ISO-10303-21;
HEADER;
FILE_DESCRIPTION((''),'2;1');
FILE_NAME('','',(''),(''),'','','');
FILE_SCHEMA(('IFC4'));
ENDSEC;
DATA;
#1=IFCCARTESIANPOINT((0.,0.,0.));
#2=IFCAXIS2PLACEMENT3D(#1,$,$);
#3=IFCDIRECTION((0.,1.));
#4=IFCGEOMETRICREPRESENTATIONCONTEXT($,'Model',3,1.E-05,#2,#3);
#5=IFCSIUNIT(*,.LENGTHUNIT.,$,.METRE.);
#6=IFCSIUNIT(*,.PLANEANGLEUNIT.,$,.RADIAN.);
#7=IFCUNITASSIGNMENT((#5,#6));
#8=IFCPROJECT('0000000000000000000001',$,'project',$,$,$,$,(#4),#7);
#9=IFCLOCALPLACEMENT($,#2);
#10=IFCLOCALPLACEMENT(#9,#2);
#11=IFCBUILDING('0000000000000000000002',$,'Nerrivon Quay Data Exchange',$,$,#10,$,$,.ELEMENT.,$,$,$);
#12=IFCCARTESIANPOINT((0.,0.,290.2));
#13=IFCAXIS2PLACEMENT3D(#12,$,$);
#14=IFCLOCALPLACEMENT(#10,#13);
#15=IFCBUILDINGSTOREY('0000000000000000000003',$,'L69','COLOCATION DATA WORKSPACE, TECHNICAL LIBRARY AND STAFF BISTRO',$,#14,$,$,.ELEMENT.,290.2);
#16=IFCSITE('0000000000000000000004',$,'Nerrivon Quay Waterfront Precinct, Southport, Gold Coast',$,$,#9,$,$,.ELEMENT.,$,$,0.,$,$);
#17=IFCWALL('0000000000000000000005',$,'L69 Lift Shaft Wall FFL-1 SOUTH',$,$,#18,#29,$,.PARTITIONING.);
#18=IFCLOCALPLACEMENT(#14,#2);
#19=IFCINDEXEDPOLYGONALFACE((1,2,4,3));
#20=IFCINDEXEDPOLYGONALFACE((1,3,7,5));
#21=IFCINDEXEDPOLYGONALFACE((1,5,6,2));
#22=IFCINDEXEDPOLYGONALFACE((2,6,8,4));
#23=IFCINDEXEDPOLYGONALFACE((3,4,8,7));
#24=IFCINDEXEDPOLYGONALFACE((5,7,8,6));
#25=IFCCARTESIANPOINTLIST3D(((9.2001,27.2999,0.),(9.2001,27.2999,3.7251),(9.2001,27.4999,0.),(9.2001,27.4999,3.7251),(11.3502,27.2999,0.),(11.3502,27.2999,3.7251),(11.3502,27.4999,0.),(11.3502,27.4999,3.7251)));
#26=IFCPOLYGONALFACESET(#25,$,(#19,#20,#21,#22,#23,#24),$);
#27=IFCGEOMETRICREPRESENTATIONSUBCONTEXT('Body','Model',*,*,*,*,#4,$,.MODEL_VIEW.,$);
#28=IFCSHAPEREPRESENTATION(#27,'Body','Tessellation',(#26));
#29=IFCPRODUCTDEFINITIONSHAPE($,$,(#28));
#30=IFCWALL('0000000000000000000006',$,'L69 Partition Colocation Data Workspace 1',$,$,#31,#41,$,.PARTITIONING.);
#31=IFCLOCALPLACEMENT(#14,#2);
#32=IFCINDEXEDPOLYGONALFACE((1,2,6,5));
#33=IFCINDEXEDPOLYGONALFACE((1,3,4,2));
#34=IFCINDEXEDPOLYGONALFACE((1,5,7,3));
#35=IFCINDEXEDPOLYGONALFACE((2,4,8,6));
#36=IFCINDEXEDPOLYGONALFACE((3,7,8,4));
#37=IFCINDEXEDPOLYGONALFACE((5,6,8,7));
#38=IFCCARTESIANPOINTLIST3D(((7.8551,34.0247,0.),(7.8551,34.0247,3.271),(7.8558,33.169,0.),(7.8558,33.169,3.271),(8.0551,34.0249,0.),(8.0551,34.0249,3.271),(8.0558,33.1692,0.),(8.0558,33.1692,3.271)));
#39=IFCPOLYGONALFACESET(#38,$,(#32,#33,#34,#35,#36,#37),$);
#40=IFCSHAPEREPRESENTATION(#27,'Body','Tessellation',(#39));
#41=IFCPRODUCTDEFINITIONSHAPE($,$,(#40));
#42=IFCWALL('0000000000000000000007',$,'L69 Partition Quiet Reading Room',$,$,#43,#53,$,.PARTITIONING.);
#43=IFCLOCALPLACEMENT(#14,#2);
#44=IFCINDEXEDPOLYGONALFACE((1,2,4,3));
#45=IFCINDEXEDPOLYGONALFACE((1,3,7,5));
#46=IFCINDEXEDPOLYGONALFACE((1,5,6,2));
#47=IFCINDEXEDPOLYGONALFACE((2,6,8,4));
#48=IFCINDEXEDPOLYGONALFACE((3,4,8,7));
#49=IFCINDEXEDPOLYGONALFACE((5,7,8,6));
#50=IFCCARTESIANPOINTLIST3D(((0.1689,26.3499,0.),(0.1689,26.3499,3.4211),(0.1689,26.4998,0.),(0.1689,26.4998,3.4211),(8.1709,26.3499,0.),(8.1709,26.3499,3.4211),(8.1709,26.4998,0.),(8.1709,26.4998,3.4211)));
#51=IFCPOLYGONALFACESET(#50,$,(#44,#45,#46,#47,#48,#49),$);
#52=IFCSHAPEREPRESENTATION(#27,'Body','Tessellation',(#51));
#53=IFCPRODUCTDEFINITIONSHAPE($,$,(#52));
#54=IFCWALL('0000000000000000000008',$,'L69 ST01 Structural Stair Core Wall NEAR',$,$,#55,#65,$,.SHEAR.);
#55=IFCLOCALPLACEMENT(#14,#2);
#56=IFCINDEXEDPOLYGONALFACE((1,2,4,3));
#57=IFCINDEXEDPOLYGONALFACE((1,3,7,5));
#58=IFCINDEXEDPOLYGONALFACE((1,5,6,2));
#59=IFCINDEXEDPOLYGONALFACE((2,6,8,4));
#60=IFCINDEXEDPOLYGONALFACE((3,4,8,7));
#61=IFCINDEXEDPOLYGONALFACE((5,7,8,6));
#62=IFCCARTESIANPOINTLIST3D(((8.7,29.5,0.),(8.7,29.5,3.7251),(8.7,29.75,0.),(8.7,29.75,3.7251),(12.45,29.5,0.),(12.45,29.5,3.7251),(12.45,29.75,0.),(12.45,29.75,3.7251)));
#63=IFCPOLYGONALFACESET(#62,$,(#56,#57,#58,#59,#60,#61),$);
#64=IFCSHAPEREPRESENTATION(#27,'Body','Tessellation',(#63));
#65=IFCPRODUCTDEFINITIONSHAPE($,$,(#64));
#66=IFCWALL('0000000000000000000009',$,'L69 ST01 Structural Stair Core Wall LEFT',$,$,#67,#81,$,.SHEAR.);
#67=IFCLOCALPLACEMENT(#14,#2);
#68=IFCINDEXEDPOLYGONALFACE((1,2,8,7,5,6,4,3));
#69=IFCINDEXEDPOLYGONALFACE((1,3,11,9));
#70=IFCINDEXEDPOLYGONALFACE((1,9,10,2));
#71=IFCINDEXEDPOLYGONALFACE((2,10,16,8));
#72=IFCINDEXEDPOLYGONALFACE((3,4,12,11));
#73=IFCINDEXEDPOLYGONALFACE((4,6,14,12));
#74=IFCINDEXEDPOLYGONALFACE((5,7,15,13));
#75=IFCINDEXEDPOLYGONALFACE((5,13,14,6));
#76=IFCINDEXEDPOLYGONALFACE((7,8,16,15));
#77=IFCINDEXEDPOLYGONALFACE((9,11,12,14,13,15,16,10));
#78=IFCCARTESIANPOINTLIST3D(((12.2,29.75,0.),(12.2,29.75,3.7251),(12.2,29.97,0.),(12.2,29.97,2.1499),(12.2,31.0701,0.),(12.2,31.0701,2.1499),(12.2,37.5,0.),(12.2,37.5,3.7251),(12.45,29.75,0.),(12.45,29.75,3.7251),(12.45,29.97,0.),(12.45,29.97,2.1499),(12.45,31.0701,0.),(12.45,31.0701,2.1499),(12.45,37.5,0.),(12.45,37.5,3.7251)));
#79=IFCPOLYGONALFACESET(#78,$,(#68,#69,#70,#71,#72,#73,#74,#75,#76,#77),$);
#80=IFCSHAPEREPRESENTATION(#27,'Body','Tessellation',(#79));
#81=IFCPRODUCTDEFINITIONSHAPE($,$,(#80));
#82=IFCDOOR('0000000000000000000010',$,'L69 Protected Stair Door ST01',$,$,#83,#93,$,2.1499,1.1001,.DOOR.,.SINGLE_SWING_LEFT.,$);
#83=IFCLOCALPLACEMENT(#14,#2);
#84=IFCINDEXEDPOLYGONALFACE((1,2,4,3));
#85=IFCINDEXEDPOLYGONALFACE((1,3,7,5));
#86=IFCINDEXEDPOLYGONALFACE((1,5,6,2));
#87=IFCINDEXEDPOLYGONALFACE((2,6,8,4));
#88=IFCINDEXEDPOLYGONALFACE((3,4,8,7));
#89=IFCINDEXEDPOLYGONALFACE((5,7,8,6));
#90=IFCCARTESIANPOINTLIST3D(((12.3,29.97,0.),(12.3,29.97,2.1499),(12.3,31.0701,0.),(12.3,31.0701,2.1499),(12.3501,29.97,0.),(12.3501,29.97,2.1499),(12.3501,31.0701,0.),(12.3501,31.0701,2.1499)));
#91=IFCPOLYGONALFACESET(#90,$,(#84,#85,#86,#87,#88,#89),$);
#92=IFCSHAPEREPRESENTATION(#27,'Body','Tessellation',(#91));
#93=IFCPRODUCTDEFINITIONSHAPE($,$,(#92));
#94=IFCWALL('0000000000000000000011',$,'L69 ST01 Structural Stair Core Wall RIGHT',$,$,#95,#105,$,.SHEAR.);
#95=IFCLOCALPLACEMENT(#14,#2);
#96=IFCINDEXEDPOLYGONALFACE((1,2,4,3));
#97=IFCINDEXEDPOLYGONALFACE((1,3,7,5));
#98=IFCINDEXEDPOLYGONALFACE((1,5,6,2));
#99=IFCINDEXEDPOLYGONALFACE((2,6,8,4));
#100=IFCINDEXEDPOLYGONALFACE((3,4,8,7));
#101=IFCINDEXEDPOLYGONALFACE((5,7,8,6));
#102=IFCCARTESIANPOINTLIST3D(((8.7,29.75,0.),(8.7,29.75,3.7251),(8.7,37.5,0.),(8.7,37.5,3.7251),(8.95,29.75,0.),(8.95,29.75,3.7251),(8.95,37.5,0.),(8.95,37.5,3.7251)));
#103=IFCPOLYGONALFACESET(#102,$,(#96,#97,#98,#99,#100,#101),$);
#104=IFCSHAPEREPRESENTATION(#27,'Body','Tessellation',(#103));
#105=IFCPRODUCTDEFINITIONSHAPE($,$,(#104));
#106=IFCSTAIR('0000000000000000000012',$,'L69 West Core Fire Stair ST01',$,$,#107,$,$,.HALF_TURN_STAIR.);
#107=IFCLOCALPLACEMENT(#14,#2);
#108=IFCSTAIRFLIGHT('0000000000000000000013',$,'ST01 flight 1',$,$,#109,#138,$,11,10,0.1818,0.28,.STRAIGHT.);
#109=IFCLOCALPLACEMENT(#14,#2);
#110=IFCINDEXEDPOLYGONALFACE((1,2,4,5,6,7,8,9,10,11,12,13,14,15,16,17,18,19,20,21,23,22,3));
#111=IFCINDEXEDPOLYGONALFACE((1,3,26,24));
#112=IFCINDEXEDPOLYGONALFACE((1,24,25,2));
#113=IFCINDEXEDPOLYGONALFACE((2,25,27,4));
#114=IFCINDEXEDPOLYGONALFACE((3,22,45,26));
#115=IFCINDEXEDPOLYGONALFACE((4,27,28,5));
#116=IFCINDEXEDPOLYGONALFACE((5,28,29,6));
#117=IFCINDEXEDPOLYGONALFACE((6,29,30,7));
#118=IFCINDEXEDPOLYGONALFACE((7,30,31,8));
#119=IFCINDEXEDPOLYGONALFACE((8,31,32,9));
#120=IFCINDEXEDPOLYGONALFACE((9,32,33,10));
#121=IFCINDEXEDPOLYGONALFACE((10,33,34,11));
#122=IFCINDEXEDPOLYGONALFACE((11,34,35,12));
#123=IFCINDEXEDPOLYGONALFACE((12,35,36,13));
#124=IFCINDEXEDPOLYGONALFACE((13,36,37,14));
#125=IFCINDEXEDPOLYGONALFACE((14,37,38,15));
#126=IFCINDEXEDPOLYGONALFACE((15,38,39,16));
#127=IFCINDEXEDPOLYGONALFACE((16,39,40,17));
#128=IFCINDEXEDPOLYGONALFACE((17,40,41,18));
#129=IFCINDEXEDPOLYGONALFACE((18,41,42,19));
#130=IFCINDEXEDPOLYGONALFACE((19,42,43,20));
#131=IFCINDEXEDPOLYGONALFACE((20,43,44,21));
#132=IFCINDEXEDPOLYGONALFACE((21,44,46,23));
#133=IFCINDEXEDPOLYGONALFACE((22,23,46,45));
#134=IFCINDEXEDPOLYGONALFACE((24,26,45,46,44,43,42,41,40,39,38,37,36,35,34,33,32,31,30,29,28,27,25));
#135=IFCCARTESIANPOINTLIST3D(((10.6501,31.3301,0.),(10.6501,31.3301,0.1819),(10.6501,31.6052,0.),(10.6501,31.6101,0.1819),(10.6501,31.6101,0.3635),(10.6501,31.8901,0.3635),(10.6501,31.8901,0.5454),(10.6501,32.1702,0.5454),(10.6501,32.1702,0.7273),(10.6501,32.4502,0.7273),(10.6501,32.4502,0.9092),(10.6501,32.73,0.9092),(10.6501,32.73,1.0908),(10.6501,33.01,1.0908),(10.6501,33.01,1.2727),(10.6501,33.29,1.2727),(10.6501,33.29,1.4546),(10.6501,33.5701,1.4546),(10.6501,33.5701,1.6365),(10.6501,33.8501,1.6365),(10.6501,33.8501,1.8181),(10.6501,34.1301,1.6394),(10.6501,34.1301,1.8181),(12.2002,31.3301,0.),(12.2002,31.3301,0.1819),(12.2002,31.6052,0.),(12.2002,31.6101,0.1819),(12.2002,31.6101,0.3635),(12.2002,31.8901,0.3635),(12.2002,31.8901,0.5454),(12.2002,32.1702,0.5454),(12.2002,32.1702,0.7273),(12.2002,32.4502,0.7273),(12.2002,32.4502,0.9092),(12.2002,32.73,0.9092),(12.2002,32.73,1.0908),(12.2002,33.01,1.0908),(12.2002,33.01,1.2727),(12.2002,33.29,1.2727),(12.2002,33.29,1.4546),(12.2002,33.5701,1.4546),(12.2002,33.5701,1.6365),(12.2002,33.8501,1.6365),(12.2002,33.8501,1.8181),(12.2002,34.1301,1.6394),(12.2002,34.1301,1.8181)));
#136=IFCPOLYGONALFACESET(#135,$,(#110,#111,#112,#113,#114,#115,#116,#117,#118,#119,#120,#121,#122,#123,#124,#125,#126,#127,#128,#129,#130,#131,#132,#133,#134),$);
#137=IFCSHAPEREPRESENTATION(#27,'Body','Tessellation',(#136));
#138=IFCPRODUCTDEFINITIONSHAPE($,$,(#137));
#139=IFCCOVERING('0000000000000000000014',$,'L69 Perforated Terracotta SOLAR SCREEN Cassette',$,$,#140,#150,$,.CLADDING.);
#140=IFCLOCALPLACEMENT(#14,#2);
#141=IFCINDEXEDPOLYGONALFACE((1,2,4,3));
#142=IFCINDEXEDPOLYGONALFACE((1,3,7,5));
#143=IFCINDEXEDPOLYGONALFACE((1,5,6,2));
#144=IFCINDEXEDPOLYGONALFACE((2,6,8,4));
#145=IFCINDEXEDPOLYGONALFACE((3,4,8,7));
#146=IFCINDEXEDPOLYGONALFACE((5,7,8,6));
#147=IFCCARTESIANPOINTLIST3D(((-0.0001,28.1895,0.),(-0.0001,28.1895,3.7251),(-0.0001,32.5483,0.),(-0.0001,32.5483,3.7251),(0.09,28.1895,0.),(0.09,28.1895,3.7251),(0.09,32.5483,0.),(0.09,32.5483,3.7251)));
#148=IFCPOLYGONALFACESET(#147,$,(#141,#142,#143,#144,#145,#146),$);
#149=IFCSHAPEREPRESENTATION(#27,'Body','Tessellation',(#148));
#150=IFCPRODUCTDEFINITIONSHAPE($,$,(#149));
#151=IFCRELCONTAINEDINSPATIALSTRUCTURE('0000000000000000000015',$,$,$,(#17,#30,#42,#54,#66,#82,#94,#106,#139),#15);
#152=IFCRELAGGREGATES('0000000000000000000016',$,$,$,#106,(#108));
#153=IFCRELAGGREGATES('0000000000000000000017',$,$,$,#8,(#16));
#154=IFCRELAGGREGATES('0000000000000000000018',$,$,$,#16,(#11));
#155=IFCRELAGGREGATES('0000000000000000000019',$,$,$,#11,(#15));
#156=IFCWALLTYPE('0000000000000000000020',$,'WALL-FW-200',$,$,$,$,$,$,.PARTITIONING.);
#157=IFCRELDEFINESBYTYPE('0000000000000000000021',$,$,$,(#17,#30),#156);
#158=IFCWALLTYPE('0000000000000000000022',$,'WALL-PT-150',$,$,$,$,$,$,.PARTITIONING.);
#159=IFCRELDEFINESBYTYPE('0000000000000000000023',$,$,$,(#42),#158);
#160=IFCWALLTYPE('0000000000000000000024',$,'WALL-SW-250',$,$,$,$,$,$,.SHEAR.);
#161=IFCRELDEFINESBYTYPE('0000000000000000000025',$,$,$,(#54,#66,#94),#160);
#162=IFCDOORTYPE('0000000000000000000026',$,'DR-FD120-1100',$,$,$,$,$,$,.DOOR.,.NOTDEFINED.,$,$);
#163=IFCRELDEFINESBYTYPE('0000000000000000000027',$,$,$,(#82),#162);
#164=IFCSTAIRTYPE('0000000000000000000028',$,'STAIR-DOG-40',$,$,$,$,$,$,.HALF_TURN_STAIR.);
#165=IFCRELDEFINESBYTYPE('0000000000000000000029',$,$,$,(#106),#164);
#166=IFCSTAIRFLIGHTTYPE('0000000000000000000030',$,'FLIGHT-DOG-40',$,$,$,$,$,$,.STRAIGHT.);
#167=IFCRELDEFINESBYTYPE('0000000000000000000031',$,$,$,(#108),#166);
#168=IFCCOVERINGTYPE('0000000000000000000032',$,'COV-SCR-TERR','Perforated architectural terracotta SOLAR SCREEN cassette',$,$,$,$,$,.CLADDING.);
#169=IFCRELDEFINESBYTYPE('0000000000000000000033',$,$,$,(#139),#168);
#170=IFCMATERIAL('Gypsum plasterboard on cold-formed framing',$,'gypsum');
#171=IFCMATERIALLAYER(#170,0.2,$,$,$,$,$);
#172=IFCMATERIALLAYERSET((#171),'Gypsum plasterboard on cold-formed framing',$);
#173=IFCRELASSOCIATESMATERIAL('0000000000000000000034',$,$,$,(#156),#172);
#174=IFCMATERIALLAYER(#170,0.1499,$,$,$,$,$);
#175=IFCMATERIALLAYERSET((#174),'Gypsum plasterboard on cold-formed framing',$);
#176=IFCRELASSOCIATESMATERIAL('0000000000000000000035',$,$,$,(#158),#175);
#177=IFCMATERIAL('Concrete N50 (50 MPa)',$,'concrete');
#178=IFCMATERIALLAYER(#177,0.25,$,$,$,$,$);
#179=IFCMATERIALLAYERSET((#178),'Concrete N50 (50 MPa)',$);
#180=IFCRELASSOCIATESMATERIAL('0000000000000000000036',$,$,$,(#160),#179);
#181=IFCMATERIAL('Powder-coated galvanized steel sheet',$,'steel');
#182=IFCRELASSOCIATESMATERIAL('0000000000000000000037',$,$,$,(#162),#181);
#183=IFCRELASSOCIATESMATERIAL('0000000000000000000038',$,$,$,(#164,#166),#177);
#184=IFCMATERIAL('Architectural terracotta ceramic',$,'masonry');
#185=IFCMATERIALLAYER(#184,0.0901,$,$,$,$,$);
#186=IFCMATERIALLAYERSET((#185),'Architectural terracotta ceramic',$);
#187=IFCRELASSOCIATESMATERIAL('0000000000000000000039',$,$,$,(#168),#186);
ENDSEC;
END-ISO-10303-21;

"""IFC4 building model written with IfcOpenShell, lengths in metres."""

from ifc_helpers import new_model, si_unit, direction, frame, frame_2d, origin, origin_2d, place, context, subcontext, project, spatial, polyline, rectangle, outline, extrude, material, layer, layer_set, type_object, element, fill, aggregate, save


model = new_model("IFC4")

# Units and contexts
model_context = context("Model", 3, precision=1e-05, world=origin(), true_north=direction((0.0, 1.0)))
body_context = subcontext(model_context, "Body", "Model", "MODEL_VIEW")
ifc_project = project(units=[si_unit("LENGTHUNIT", "METRE"), si_unit("PLANEANGLEUNIT", "RADIAN")], contexts=[model_context])

# Site, building, storey
site_placement = place(None, origin())
site = spatial("IfcSite", under=ifc_project, at=site_placement, Name="Nerrivon Quay Waterfront Precinct, Southport, Gold Coast", CompositionType="ELEMENT", RefElevation=0.0)
building_placement = place(site_placement, origin())
building = spatial("IfcBuilding", under=site, at=building_placement, Name="Nerrivon Quay Data Exchange", CompositionType="ELEMENT")
storey_placement = place(building_placement, frame((0.0, 0.0, 290.2)))
storey = spatial("IfcBuildingStorey", under=building, at=storey_placement, Name="L69", Description="COLOCATION DATA WORKSPACE, TECHNICAL LIBRARY AND STAFF BISTRO", CompositionType="ELEMENT", Elevation=290.2)

# Shared definitions
ifc_material_1 = material(Name="Concrete N50 (50 MPa)", Category="concrete")

# Shared definitions
ifc_material_2 = material(Name="Gypsum plasterboard on cold-formed framing", Category="gypsum")
ifc_layer_1 = layer(ifc_material_2, 0.2)
ifc_layer_set_1 = layer_set([ifc_layer_1], Name="Gypsum plasterboard on cold-formed framing")
wall_type_1 = type_object("IfcWallType", Name="WALL-FW-200", PredefinedType="PARTITIONING", material=ifc_layer_set_1)
ifc_material_3 = material(Name="Powder-coated galvanized steel sheet", Category="steel")

# Wall
wall_1_placement = place(storey_placement, frame((9.2, 27.3999, 0.0), z_axis=(0.0, 0.0, 1.0), x_axis=(1.0, 0.0, 0.0)))
element("IfcWall", 1, at=wall_1_placement, inside=storey, type_object=wall_type_1, Name="L69 Lift Shaft Wall FFL-1 SOUTH", PredefinedType="PARTITIONING", context=body_context, shape_type="SweptSolid", body=[
    extrude(rectangle(XDim=2.1501, YDim=0.2, at=frame_2d((1.0752, 0.0))), origin(), (0.0, 0.0, 1.0), 3.7251),
])

# Walls
wall_2_placement = place(storey_placement, frame((7.9558, 33.1692, 0.0), z_axis=(0.0, 0.0, 1.0), x_axis=(-0.000856, 1.0, 0.0)))
element("IfcWall", 2, at=wall_2_placement, inside=storey, type_object=wall_type_1, Name="L69 Partition Colocation Data Workspace 1", PredefinedType="PARTITIONING", context=body_context, shape_type="SweptSolid", body=[
    extrude(rectangle(XDim=0.8557, YDim=0.2, at=frame_2d((0.4277, 0.0))), origin(), (0.0, 0.0, 1.0), 3.271),
])
ifc_layer_2 = layer(ifc_material_2, 0.1499)
ifc_layer_set_2 = layer_set([ifc_layer_2], Name="Gypsum plasterboard on cold-formed framing")
wall_type_2 = type_object("IfcWallType", Name="WALL-PT-150", PredefinedType="PARTITIONING", material=ifc_layer_set_2)
wall_3_placement = place(storey_placement, frame((8.1709, 26.4248, 0.0), z_axis=(0.0, 0.0, 1.0), x_axis=(-1.0, 0.0, 0.0)))
element("IfcWall", 3, at=wall_3_placement, inside=storey, type_object=wall_type_2, Name="L69 Partition Quiet Reading Room", PredefinedType="PARTITIONING", context=body_context, shape_type="SweptSolid", body=[
    extrude(rectangle(XDim=8.002, YDim=0.1499, at=frame_2d((4.001, 0.0))), origin(), (0.0, 0.0, 1.0), 3.4211),
])
ifc_layer_3 = layer(ifc_material_1, 0.25)
ifc_layer_set_3 = layer_set([ifc_layer_3], Name="Concrete N50 (50 MPa)")
wall_type_3 = type_object("IfcWallType", Name="WALL-SW-250", PredefinedType="SHEAR", material=ifc_layer_set_3)
wall_4_placement = place(storey_placement, frame((12.45, 29.625, 0.0), z_axis=(0.0, 0.0, 1.0), x_axis=(-1.0, 0.0, 0.0)))
element("IfcWall", 4, at=wall_4_placement, inside=storey, type_object=wall_type_3, Name="L69 ST01 Structural Stair Core Wall NEAR", PredefinedType="SHEAR", context=body_context, shape_type="SweptSolid", body=[
    extrude(rectangle(XDim=3.75, YDim=0.25, at=frame_2d((1.875, 0.0))), origin(), (0.0, 0.0, 1.0), 3.7251),
])

# Wall, opening, door
wall_5_placement = place(storey_placement, frame((12.325, 29.75, 0.0), z_axis=(0.0, 0.0, 1.0), x_axis=(0.0, 1.0, 0.0)))
wall_5 = element("IfcWall", 5, at=wall_5_placement, inside=storey, type_object=wall_type_3, Name="L69 ST01 Structural Stair Core Wall LEFT", PredefinedType="SHEAR", context=body_context, shape_type="SweptSolid", body=[
    extrude(rectangle(XDim=7.75, YDim=0.25, at=frame_2d((3.875, 0.0))), origin(), (0.0, 0.0, 1.0), 3.7251),
])
opening_1_placement = place(wall_5_placement, frame((0.22, 0.0, 0.0)))
opening_1 = element("IfcOpeningElement", 6, at=opening_1_placement, cuts=wall_5, PredefinedType="OPENING", context=body_context, shape_type="SweptSolid", body=[
    extrude(rectangle(XDim=1.1001, YDim=2.1499, at=frame_2d((0.55, 1.075))), frame((0.0, 0.135, 0.0), z_axis=(0.0, -1.0, 0.0), x_axis=(1.0, 0.0, 0.0)), (0.0, 0.0, 1.0), 0.27),
])
door_type_1 = type_object("IfcDoorType", Name="DR-FD120-1100", OperationType="NOTDEFINED", PredefinedType="DOOR", material=ifc_material_3)
door_1_placement = place(opening_1_placement, origin())
door_1 = element("IfcDoor", 7, at=door_1_placement, inside=storey, type_object=door_type_1, Name="L69 Protected Stair Door ST01", OperationType="SINGLE_SWING_LEFT", OverallHeight=2.1499, OverallWidth=1.1001, PredefinedType="DOOR", context=body_context, shape_type="SweptSolid", body=[
    extrude(rectangle(XDim=1.1001, YDim=2.1499, at=frame_2d((0.55, 1.075))), frame((0.0, 0.0249, 0.0), z_axis=(0.0, -1.0, 0.0), x_axis=(1.0, 0.0, 0.0)), (0.0, 0.0, 1.0), 0.05),
])
fill(opening_1, door_1)

# Wall
wall_6_placement = place(storey_placement, frame((8.825, 29.75, 0.0), z_axis=(0.0, 0.0, 1.0), x_axis=(0.0, 1.0, 0.0)))
element("IfcWall", 8, at=wall_6_placement, inside=storey, type_object=wall_type_3, Name="L69 ST01 Structural Stair Core Wall RIGHT", PredefinedType="SHEAR", context=body_context, shape_type="SweptSolid", body=[
    extrude(rectangle(XDim=7.75, YDim=0.25, at=frame_2d((3.875, 0.0))), origin(), (0.0, 0.0, 1.0), 3.7251),
])

# Stair, stair flight
stair_type = type_object("IfcStairType", Name="STAIR-DOG-40", PredefinedType="HALF_TURN_STAIR", material=ifc_material_1)
stair_placement = place(storey_placement, origin())
stair = element("IfcStair", 9, at=stair_placement, inside=storey, type_object=stair_type, Name="L69 West Core Fire Stair ST01", PredefinedType="HALF_TURN_STAIR")
stair_flight_type = type_object("IfcStairFlightType", Name="FLIGHT-DOG-40", PredefinedType="STRAIGHT", material=ifc_material_1)
stair_flight_placement = place(storey_placement, frame((11.425, 31.3301, 0.0), z_axis=(0.0, 0.0, 1.0), x_axis=(0.0, 1.0, 0.0)))
stair_flight = element("IfcStairFlight", 10, at=stair_flight_placement, type_object=stair_flight_type, Name="ST01 flight 1", NumberOfRisers=11, NumberOfTreads=10, PredefinedType="STRAIGHT", RiserHeight=0.1818, TreadLength=0.28, context=body_context, shape_type="SweptSolid", body=[
    extrude(outline(polyline([(0.0, 0.0), (0.0, 0.1819), (0.28, 0.1819), (0.28, 0.3635), (0.5601, 0.3635), (0.5601, 0.5454), (0.8401, 0.5454), (0.8401, 0.7273), (1.1201, 0.7273), (1.1201, 0.9092), (1.3999, 0.9092), (1.3999, 1.0908), (1.6799, 1.0908), (1.6799, 1.2727), (1.96, 1.2727), (1.96, 1.4546), (2.24, 1.4546), (2.24, 1.6365), (2.52, 1.6365), (2.52, 1.8181), (2.8, 1.8181), (2.8, 2.0), (2.8, 1.6394), (0.2751, 0.0), (0.0, 0.0)])), frame((0.0, 0.7749, 0.0), z_axis=(0.0, -1.0, 0.0), x_axis=(1.0, 0.0, 0.0)), (0.0, 0.0, 1.0), 1.55),
])
aggregate(stair, [stair_flight])

# Covering
ifc_material_4 = material(Name="Architectural terracotta ceramic", Category="masonry")
ifc_layer_4 = layer(ifc_material_4, 0.0901)
ifc_layer_set_4 = layer_set([ifc_layer_4], Name="Architectural terracotta ceramic")
covering_type = type_object("IfcCoveringType", Name="COV-SCR-TERR", Description="Perforated architectural terracotta SOLAR SCREEN cassette", PredefinedType="CLADDING", material=ifc_layer_set_4)
covering_placement = place(storey_placement, frame((0.0449, 30.3689, 0.0), z_axis=(0.0, 0.0, 1.0), x_axis=(0.0, 1.0, 0.0)))
element("IfcCovering", 11, at=covering_placement, inside=storey, type_object=covering_type, Name="L69 Perforated Terracotta SOLAR SCREEN Cassette", PredefinedType="CLADDING", context=body_context, shape_type="SweptSolid", body=[
    extrude(rectangle(XDim=4.3589, YDim=0.0901, at=origin_2d()), origin(), (0.0, 0.0, 1.0), 3.7251),
])

save(model, "model.ifc")
